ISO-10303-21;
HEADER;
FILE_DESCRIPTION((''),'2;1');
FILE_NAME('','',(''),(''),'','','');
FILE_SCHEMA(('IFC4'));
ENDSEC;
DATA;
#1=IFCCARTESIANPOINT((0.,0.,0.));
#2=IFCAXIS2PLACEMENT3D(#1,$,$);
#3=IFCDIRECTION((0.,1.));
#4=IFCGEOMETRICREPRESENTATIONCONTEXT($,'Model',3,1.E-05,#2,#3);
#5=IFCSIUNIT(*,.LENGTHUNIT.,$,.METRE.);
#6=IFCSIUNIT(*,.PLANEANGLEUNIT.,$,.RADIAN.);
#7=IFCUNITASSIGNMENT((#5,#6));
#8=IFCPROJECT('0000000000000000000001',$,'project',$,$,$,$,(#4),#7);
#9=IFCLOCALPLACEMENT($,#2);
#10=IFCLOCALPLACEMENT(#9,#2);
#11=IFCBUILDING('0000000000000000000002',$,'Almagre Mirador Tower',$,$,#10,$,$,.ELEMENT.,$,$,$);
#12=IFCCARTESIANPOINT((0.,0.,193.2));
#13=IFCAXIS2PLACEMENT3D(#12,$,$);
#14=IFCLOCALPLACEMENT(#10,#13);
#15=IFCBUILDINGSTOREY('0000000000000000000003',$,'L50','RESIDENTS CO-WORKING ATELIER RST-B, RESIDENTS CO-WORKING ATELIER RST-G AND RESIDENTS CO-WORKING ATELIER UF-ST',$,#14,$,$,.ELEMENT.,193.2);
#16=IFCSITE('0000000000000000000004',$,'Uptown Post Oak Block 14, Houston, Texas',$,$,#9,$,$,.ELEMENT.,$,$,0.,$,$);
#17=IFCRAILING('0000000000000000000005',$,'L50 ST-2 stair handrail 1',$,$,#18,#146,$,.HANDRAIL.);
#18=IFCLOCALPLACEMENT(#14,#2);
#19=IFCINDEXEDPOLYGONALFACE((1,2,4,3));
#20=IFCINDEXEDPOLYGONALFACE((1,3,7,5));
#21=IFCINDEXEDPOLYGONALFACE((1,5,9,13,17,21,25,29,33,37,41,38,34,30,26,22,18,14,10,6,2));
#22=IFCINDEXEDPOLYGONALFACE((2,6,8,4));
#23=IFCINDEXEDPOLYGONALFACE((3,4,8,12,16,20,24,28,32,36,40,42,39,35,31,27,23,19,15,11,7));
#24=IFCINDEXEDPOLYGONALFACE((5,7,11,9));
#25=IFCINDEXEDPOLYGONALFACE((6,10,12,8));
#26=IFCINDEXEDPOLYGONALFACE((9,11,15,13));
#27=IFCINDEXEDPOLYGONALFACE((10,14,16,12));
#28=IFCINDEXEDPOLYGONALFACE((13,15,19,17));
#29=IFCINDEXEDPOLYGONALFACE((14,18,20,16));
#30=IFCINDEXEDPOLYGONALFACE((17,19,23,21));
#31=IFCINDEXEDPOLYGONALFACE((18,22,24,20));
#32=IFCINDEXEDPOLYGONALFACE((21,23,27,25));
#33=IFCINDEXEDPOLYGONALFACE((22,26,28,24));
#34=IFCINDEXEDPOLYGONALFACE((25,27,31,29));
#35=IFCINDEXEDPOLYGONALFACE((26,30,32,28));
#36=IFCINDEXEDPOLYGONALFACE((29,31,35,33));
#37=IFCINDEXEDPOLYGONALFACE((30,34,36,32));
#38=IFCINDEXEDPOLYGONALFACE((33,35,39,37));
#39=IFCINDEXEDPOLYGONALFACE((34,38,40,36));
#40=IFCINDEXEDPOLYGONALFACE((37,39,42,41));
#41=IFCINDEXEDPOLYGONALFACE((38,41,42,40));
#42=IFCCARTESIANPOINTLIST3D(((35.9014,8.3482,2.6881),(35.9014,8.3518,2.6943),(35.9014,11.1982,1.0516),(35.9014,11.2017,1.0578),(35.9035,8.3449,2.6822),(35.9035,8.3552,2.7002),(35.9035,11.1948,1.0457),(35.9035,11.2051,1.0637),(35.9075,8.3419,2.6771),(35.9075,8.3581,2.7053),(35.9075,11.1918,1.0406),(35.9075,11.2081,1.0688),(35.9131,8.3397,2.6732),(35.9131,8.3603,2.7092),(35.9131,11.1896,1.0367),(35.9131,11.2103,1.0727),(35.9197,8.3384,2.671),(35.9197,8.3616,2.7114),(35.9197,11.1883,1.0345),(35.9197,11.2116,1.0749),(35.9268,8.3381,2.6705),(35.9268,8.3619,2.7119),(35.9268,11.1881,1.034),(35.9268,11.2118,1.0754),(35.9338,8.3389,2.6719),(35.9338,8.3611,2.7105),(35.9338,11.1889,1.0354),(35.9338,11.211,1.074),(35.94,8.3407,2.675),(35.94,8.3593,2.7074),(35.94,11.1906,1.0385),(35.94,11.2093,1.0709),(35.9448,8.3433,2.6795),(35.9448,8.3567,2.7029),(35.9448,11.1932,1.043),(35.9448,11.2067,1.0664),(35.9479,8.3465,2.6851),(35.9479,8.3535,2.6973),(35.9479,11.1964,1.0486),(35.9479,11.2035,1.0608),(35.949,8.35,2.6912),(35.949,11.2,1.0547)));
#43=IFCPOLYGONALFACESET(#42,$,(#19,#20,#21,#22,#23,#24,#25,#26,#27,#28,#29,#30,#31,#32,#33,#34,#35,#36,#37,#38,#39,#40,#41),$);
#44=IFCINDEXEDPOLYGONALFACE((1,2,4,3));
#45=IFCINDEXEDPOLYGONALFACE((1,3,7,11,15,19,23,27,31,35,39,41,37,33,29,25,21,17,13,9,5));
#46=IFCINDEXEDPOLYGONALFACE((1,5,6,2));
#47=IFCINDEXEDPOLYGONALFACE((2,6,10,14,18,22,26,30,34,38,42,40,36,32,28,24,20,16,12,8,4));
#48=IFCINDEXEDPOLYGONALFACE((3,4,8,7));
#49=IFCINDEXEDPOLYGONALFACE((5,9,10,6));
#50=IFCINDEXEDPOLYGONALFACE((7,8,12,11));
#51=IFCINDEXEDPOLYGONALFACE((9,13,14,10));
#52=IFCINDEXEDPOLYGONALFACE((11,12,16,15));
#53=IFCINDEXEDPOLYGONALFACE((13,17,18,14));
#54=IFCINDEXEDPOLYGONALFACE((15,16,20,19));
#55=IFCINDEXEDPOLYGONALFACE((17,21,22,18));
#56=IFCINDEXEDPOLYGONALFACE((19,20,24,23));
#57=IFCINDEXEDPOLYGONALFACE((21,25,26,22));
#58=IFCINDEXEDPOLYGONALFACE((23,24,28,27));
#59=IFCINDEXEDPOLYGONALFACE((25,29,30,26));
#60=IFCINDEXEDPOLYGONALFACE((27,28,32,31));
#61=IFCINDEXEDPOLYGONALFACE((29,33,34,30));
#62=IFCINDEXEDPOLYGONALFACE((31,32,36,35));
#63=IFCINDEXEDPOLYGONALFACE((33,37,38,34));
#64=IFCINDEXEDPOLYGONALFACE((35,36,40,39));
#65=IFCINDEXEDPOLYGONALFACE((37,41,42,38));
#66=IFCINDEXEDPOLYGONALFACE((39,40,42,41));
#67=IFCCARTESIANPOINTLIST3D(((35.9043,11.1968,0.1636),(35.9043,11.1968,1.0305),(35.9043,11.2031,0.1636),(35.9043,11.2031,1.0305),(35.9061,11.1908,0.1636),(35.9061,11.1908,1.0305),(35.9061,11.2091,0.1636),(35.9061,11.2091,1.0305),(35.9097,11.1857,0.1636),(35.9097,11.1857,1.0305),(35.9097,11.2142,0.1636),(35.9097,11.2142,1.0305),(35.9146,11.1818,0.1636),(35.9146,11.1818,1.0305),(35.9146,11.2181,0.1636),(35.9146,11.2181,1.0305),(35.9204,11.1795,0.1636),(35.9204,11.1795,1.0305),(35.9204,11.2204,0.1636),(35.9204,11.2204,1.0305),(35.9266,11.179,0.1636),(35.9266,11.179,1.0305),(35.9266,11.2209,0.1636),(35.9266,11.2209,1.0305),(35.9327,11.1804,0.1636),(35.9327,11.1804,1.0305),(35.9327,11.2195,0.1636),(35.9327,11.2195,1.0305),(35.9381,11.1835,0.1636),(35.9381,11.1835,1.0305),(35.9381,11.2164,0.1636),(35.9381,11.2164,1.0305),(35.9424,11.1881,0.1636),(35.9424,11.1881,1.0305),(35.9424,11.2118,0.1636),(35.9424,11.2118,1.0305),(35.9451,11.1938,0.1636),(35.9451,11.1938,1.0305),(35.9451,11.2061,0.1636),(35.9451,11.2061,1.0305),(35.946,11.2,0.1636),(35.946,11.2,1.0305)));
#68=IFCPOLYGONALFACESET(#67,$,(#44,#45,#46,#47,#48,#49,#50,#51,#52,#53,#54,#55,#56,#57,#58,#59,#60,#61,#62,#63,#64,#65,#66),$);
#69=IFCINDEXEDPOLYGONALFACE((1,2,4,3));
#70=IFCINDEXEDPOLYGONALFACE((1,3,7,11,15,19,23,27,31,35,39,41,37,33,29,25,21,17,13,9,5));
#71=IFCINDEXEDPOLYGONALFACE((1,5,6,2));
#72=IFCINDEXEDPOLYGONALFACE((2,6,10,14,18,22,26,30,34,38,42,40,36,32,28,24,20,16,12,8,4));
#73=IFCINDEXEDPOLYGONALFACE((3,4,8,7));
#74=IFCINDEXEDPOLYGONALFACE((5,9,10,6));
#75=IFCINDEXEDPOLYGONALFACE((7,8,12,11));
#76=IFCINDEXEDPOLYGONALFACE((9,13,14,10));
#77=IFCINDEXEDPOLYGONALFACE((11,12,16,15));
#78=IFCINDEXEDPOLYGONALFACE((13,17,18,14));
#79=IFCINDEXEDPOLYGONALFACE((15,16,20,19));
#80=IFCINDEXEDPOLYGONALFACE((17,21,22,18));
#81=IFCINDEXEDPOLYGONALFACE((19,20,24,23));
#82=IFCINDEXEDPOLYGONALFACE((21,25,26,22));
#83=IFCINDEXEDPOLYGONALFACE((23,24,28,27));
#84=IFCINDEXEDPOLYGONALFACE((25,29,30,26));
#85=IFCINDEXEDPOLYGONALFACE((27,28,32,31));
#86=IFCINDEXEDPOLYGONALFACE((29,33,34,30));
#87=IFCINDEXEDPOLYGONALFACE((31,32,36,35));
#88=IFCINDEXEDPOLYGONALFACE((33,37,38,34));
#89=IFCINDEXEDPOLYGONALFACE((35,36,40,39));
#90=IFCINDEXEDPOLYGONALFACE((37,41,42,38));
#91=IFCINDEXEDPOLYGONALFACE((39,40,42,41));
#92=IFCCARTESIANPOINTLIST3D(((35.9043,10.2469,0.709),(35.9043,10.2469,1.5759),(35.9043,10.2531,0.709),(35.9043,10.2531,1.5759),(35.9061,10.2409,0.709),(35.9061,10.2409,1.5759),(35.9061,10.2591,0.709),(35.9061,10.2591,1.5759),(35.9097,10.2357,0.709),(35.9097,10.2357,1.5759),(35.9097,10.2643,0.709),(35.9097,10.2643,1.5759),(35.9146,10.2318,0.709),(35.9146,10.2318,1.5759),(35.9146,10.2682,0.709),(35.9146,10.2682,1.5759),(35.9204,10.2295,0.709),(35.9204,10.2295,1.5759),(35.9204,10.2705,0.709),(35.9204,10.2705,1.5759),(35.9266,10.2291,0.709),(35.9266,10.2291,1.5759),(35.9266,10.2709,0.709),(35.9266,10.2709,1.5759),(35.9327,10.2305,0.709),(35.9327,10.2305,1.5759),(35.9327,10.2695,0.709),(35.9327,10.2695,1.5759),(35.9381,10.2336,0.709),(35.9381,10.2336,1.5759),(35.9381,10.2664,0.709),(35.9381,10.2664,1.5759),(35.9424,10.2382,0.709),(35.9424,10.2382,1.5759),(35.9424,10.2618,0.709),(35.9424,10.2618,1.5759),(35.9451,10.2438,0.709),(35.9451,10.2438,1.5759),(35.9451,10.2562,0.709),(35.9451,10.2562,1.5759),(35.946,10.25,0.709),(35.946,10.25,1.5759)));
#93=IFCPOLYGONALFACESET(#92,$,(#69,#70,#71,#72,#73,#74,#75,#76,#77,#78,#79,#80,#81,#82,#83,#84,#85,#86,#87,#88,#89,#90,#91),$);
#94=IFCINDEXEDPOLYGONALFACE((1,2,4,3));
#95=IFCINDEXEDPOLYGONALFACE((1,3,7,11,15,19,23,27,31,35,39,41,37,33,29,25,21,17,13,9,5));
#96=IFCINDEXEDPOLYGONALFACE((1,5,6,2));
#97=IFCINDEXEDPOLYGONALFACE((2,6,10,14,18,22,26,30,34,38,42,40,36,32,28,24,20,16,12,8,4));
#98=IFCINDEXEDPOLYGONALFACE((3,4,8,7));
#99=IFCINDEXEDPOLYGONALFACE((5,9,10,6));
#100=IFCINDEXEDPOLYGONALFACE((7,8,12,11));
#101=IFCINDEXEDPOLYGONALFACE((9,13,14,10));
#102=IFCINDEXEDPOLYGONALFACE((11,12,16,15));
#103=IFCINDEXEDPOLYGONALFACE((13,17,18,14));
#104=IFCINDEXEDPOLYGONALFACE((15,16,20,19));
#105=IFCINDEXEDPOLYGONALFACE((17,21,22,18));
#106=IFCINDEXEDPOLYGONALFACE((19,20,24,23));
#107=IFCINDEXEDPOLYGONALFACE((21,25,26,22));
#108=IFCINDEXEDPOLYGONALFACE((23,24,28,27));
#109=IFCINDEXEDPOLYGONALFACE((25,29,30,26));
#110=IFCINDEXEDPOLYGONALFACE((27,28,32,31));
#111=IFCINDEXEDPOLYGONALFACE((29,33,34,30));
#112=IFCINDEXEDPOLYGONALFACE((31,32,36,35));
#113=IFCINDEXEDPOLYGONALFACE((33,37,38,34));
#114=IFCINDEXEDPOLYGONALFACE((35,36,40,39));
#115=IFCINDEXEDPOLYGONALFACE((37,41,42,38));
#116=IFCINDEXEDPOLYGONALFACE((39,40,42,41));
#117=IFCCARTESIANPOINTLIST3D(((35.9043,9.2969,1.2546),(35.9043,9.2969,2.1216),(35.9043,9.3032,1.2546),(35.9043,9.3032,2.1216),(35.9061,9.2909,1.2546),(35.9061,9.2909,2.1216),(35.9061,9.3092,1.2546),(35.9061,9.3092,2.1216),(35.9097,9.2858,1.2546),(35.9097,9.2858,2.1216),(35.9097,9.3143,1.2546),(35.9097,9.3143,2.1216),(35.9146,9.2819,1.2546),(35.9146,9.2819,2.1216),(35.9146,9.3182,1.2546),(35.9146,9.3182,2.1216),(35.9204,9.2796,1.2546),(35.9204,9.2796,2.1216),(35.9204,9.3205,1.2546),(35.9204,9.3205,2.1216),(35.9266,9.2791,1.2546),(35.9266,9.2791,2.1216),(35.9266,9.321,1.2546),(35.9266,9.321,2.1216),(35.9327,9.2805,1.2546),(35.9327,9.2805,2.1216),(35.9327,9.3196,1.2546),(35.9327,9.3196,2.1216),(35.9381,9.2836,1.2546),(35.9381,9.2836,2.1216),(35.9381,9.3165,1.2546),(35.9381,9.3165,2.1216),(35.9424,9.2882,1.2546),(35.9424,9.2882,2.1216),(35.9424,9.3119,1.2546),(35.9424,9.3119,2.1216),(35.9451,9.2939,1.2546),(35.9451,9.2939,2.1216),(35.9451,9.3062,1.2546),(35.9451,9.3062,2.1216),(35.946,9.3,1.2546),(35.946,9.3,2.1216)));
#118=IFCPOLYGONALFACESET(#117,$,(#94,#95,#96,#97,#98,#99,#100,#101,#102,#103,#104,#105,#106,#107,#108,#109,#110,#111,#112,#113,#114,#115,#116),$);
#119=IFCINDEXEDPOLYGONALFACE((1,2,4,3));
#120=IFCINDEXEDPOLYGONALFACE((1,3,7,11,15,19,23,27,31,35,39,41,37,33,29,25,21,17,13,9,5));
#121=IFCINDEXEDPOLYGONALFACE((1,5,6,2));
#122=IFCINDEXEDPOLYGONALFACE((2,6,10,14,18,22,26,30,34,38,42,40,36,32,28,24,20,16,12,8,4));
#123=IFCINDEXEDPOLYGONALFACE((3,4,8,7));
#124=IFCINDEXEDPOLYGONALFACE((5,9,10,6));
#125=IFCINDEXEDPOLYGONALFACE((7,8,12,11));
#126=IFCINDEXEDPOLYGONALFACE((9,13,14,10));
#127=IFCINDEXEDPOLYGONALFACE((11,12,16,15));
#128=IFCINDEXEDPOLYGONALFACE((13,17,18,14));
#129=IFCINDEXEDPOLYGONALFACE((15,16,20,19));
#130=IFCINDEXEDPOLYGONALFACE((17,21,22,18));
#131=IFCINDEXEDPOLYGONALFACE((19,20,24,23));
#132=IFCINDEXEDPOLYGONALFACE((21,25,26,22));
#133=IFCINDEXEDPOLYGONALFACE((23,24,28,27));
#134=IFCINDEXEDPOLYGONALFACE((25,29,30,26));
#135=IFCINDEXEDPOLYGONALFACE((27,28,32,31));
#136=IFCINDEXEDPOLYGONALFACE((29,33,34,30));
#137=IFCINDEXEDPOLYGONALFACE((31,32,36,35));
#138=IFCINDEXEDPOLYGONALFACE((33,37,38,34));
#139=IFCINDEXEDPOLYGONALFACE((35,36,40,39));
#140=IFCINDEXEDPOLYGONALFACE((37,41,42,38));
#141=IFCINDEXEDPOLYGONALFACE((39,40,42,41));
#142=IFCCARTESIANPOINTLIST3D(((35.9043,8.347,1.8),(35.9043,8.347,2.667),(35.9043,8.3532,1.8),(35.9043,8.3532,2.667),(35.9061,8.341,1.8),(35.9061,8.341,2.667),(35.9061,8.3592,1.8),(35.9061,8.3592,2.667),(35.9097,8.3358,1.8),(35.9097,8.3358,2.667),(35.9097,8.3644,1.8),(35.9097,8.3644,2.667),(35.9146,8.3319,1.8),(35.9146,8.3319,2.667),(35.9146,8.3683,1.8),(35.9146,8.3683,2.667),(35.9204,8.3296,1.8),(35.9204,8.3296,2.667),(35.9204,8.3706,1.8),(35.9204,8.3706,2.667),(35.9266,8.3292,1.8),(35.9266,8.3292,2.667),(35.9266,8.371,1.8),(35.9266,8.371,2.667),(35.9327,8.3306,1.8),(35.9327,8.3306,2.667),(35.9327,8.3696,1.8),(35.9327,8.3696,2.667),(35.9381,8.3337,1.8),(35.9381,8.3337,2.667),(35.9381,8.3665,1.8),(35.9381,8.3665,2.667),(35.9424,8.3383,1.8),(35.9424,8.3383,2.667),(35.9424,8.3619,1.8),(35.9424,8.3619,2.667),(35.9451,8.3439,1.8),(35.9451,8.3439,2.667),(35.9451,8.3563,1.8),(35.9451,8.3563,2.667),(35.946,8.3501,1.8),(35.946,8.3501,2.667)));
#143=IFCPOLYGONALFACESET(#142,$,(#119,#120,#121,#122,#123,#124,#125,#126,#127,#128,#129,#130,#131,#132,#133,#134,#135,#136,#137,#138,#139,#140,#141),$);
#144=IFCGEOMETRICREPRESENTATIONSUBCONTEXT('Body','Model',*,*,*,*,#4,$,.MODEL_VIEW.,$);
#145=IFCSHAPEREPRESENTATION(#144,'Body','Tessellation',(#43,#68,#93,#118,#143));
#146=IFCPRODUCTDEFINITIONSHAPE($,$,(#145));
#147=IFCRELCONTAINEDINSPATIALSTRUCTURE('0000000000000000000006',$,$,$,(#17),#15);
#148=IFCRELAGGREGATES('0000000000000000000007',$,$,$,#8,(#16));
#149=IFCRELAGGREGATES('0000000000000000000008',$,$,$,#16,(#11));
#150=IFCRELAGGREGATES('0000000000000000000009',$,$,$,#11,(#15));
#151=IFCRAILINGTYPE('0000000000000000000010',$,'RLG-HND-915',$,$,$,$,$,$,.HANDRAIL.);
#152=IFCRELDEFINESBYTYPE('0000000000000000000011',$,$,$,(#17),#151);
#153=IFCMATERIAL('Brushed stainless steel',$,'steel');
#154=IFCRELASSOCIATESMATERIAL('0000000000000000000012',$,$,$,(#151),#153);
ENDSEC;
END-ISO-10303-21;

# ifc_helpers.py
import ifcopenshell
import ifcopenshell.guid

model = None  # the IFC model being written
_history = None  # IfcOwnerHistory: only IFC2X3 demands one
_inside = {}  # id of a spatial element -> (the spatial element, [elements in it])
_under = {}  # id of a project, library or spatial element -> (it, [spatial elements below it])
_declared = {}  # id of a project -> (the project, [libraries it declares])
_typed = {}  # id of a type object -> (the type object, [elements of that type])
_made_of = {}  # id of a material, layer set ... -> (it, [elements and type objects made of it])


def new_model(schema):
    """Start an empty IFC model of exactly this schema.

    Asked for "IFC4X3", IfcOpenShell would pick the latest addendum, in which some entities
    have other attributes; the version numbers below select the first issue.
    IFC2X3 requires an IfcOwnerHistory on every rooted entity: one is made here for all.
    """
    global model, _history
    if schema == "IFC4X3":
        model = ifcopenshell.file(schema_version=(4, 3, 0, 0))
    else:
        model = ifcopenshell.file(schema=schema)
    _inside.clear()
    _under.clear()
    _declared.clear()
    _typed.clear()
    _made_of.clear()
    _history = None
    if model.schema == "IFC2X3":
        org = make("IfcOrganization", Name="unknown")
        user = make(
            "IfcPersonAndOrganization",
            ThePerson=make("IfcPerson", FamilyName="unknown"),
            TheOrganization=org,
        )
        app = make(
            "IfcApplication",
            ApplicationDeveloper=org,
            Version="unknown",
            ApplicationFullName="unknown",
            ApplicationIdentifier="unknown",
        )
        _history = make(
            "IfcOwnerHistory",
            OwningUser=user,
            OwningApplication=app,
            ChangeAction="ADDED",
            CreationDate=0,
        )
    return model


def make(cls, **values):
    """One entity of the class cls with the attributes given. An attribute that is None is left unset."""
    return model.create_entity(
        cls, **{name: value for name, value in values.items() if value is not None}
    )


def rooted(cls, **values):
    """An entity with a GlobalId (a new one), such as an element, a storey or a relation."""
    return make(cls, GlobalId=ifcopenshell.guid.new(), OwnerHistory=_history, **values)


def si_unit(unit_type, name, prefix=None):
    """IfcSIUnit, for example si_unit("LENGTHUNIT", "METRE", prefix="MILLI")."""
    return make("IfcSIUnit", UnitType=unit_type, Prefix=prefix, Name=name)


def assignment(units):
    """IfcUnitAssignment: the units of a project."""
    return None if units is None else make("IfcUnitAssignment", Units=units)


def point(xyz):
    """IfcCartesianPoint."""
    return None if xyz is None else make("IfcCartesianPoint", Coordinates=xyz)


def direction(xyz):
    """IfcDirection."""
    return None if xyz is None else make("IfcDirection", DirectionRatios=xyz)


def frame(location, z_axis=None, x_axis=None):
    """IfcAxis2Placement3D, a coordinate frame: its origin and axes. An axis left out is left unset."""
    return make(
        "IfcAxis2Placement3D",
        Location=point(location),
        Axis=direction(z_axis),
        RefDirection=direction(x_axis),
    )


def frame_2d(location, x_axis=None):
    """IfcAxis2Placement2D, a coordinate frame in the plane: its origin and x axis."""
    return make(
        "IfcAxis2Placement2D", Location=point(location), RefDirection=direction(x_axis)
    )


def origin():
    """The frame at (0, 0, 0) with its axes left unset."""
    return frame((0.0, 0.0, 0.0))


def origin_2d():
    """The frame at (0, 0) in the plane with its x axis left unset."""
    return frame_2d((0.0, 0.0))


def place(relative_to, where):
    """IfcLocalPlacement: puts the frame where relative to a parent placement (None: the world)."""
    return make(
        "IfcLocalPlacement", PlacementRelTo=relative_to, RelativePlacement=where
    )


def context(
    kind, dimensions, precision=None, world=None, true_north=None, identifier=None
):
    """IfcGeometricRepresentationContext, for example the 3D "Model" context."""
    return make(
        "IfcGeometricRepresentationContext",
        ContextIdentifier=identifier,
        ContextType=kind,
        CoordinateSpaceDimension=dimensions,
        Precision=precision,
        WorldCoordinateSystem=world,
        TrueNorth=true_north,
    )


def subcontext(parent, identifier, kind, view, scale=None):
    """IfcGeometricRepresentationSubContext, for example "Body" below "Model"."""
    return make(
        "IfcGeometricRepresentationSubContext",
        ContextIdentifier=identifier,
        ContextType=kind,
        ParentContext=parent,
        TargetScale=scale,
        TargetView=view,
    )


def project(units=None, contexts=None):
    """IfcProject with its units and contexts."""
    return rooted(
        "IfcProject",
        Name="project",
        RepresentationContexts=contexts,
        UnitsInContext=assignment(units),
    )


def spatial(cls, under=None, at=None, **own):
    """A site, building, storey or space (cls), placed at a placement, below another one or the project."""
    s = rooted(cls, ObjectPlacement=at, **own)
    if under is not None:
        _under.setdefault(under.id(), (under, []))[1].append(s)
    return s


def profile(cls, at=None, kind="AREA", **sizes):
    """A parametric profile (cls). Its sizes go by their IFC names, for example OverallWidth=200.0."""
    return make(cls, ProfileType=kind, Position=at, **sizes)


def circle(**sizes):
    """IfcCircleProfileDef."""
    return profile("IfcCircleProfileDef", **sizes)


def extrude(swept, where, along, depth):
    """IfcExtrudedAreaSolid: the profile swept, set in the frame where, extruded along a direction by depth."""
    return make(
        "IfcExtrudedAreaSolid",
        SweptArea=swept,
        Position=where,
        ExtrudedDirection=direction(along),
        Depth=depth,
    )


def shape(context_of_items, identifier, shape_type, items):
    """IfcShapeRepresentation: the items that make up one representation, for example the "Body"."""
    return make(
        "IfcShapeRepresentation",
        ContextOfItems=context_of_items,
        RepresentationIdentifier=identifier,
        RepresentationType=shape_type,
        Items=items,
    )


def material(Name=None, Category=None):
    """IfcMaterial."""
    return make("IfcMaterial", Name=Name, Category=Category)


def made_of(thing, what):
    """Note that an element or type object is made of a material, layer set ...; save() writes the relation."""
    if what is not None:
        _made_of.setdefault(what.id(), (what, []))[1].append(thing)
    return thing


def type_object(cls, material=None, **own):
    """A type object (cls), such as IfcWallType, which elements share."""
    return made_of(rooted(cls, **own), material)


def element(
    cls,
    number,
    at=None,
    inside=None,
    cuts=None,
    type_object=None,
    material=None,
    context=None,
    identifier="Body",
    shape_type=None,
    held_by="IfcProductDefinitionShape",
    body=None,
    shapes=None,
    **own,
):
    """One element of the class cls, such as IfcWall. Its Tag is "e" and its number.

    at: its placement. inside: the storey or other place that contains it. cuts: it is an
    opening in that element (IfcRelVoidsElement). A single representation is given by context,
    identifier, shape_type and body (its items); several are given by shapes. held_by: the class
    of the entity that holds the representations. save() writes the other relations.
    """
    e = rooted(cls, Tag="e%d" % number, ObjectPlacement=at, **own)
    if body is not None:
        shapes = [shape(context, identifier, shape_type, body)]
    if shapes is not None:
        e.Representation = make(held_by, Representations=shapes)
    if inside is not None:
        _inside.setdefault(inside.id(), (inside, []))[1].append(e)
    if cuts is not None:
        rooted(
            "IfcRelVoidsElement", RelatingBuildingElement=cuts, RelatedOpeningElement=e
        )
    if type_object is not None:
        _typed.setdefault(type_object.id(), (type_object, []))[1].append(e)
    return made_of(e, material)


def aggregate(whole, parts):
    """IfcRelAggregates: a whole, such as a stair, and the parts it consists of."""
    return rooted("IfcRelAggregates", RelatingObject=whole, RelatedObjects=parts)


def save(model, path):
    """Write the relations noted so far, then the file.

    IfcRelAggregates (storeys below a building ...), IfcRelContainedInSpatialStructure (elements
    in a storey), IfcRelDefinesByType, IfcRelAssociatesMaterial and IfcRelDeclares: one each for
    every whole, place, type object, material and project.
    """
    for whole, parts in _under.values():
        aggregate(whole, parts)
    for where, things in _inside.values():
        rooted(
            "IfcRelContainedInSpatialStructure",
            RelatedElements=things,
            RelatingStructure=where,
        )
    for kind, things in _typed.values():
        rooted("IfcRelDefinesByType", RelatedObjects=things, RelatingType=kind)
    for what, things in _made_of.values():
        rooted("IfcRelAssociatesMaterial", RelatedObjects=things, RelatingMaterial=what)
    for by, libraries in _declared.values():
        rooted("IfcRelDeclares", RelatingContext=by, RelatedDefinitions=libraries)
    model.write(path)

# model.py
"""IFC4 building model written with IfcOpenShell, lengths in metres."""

from ifc_helpers import new_model, si_unit, direction, frame, origin, origin_2d, place, context, subcontext, project, spatial, circle, extrude, material, type_object, element, save


model = new_model("IFC4")

# Units and contexts
model_context = context("Model", 3, precision=1e-05, world=origin(), true_north=direction((0.0, 1.0)))
body_context = subcontext(model_context, "Body", "Model", "MODEL_VIEW")
ifc_project = project(units=[si_unit("LENGTHUNIT", "METRE"), si_unit("PLANEANGLEUNIT", "RADIAN")], contexts=[model_context])

# Site, building, storey
site_placement = place(None, origin())
site = spatial("IfcSite", under=ifc_project, at=site_placement, Name="Uptown Post Oak Block 14, Houston, Texas", CompositionType="ELEMENT", RefElevation=0.0)
building_placement = place(site_placement, origin())
building = spatial("IfcBuilding", under=site, at=building_placement, Name="Almagre Mirador Tower", CompositionType="ELEMENT")
storey_placement = place(building_placement, frame((0.0, 0.0, 193.2)))
storey = spatial("IfcBuildingStorey", under=building, at=storey_placement, Name="L50", Description="RESIDENTS CO-WORKING ATELIER RST-B, RESIDENTS CO-WORKING ATELIER RST-G AND RESIDENTS CO-WORKING ATELIER UF-ST", CompositionType="ELEMENT", Elevation=193.2)

# Railing
ifc_material_1 = material(Name="Brushed stainless steel", Category="steel")
railing_type_1 = type_object("IfcRailingType", Name="RLG-HND-915", PredefinedType="HANDRAIL", material=ifc_material_1)
railing_1_placement = place(storey_placement, frame((35.925, 11.2, 0.1636)))
element("IfcRailing", 1, at=railing_1_placement, inside=storey, type_object=railing_type_1, Name="L50 ST-2 stair handrail 1", PredefinedType="HANDRAIL", context=body_context, shape_type="SweptSolid", body=[
    extrude(circle(Radius=0.0239, at=origin_2d()), frame((0.0, 0.0, 0.8911), z_axis=(0.0, -0.867194, 0.49797), x_axis=(1.0, 0.0, 0.0)), (0.0, 0.0, 1.0), 3.2864),
    extrude(circle(Radius=0.021, at=origin_2d()), origin(), (0.0, 0.0, 1.0), 0.8669),
    extrude(circle(Radius=0.021, at=origin_2d()), frame((0.0, -0.95, 0.5454)), (0.0, 0.0, 1.0), 0.8669),
    extrude(circle(Radius=0.021, at=origin_2d()), frame((0.0, -1.8999, 1.0911)), (0.0, 0.0, 1.0), 0.8669),
    extrude(circle(Radius=0.021, at=origin_2d()), frame((0.0, -2.8499, 1.6365)), (0.0, 0.0, 1.0), 0.8669),
])

save(model, "model.ifc")
